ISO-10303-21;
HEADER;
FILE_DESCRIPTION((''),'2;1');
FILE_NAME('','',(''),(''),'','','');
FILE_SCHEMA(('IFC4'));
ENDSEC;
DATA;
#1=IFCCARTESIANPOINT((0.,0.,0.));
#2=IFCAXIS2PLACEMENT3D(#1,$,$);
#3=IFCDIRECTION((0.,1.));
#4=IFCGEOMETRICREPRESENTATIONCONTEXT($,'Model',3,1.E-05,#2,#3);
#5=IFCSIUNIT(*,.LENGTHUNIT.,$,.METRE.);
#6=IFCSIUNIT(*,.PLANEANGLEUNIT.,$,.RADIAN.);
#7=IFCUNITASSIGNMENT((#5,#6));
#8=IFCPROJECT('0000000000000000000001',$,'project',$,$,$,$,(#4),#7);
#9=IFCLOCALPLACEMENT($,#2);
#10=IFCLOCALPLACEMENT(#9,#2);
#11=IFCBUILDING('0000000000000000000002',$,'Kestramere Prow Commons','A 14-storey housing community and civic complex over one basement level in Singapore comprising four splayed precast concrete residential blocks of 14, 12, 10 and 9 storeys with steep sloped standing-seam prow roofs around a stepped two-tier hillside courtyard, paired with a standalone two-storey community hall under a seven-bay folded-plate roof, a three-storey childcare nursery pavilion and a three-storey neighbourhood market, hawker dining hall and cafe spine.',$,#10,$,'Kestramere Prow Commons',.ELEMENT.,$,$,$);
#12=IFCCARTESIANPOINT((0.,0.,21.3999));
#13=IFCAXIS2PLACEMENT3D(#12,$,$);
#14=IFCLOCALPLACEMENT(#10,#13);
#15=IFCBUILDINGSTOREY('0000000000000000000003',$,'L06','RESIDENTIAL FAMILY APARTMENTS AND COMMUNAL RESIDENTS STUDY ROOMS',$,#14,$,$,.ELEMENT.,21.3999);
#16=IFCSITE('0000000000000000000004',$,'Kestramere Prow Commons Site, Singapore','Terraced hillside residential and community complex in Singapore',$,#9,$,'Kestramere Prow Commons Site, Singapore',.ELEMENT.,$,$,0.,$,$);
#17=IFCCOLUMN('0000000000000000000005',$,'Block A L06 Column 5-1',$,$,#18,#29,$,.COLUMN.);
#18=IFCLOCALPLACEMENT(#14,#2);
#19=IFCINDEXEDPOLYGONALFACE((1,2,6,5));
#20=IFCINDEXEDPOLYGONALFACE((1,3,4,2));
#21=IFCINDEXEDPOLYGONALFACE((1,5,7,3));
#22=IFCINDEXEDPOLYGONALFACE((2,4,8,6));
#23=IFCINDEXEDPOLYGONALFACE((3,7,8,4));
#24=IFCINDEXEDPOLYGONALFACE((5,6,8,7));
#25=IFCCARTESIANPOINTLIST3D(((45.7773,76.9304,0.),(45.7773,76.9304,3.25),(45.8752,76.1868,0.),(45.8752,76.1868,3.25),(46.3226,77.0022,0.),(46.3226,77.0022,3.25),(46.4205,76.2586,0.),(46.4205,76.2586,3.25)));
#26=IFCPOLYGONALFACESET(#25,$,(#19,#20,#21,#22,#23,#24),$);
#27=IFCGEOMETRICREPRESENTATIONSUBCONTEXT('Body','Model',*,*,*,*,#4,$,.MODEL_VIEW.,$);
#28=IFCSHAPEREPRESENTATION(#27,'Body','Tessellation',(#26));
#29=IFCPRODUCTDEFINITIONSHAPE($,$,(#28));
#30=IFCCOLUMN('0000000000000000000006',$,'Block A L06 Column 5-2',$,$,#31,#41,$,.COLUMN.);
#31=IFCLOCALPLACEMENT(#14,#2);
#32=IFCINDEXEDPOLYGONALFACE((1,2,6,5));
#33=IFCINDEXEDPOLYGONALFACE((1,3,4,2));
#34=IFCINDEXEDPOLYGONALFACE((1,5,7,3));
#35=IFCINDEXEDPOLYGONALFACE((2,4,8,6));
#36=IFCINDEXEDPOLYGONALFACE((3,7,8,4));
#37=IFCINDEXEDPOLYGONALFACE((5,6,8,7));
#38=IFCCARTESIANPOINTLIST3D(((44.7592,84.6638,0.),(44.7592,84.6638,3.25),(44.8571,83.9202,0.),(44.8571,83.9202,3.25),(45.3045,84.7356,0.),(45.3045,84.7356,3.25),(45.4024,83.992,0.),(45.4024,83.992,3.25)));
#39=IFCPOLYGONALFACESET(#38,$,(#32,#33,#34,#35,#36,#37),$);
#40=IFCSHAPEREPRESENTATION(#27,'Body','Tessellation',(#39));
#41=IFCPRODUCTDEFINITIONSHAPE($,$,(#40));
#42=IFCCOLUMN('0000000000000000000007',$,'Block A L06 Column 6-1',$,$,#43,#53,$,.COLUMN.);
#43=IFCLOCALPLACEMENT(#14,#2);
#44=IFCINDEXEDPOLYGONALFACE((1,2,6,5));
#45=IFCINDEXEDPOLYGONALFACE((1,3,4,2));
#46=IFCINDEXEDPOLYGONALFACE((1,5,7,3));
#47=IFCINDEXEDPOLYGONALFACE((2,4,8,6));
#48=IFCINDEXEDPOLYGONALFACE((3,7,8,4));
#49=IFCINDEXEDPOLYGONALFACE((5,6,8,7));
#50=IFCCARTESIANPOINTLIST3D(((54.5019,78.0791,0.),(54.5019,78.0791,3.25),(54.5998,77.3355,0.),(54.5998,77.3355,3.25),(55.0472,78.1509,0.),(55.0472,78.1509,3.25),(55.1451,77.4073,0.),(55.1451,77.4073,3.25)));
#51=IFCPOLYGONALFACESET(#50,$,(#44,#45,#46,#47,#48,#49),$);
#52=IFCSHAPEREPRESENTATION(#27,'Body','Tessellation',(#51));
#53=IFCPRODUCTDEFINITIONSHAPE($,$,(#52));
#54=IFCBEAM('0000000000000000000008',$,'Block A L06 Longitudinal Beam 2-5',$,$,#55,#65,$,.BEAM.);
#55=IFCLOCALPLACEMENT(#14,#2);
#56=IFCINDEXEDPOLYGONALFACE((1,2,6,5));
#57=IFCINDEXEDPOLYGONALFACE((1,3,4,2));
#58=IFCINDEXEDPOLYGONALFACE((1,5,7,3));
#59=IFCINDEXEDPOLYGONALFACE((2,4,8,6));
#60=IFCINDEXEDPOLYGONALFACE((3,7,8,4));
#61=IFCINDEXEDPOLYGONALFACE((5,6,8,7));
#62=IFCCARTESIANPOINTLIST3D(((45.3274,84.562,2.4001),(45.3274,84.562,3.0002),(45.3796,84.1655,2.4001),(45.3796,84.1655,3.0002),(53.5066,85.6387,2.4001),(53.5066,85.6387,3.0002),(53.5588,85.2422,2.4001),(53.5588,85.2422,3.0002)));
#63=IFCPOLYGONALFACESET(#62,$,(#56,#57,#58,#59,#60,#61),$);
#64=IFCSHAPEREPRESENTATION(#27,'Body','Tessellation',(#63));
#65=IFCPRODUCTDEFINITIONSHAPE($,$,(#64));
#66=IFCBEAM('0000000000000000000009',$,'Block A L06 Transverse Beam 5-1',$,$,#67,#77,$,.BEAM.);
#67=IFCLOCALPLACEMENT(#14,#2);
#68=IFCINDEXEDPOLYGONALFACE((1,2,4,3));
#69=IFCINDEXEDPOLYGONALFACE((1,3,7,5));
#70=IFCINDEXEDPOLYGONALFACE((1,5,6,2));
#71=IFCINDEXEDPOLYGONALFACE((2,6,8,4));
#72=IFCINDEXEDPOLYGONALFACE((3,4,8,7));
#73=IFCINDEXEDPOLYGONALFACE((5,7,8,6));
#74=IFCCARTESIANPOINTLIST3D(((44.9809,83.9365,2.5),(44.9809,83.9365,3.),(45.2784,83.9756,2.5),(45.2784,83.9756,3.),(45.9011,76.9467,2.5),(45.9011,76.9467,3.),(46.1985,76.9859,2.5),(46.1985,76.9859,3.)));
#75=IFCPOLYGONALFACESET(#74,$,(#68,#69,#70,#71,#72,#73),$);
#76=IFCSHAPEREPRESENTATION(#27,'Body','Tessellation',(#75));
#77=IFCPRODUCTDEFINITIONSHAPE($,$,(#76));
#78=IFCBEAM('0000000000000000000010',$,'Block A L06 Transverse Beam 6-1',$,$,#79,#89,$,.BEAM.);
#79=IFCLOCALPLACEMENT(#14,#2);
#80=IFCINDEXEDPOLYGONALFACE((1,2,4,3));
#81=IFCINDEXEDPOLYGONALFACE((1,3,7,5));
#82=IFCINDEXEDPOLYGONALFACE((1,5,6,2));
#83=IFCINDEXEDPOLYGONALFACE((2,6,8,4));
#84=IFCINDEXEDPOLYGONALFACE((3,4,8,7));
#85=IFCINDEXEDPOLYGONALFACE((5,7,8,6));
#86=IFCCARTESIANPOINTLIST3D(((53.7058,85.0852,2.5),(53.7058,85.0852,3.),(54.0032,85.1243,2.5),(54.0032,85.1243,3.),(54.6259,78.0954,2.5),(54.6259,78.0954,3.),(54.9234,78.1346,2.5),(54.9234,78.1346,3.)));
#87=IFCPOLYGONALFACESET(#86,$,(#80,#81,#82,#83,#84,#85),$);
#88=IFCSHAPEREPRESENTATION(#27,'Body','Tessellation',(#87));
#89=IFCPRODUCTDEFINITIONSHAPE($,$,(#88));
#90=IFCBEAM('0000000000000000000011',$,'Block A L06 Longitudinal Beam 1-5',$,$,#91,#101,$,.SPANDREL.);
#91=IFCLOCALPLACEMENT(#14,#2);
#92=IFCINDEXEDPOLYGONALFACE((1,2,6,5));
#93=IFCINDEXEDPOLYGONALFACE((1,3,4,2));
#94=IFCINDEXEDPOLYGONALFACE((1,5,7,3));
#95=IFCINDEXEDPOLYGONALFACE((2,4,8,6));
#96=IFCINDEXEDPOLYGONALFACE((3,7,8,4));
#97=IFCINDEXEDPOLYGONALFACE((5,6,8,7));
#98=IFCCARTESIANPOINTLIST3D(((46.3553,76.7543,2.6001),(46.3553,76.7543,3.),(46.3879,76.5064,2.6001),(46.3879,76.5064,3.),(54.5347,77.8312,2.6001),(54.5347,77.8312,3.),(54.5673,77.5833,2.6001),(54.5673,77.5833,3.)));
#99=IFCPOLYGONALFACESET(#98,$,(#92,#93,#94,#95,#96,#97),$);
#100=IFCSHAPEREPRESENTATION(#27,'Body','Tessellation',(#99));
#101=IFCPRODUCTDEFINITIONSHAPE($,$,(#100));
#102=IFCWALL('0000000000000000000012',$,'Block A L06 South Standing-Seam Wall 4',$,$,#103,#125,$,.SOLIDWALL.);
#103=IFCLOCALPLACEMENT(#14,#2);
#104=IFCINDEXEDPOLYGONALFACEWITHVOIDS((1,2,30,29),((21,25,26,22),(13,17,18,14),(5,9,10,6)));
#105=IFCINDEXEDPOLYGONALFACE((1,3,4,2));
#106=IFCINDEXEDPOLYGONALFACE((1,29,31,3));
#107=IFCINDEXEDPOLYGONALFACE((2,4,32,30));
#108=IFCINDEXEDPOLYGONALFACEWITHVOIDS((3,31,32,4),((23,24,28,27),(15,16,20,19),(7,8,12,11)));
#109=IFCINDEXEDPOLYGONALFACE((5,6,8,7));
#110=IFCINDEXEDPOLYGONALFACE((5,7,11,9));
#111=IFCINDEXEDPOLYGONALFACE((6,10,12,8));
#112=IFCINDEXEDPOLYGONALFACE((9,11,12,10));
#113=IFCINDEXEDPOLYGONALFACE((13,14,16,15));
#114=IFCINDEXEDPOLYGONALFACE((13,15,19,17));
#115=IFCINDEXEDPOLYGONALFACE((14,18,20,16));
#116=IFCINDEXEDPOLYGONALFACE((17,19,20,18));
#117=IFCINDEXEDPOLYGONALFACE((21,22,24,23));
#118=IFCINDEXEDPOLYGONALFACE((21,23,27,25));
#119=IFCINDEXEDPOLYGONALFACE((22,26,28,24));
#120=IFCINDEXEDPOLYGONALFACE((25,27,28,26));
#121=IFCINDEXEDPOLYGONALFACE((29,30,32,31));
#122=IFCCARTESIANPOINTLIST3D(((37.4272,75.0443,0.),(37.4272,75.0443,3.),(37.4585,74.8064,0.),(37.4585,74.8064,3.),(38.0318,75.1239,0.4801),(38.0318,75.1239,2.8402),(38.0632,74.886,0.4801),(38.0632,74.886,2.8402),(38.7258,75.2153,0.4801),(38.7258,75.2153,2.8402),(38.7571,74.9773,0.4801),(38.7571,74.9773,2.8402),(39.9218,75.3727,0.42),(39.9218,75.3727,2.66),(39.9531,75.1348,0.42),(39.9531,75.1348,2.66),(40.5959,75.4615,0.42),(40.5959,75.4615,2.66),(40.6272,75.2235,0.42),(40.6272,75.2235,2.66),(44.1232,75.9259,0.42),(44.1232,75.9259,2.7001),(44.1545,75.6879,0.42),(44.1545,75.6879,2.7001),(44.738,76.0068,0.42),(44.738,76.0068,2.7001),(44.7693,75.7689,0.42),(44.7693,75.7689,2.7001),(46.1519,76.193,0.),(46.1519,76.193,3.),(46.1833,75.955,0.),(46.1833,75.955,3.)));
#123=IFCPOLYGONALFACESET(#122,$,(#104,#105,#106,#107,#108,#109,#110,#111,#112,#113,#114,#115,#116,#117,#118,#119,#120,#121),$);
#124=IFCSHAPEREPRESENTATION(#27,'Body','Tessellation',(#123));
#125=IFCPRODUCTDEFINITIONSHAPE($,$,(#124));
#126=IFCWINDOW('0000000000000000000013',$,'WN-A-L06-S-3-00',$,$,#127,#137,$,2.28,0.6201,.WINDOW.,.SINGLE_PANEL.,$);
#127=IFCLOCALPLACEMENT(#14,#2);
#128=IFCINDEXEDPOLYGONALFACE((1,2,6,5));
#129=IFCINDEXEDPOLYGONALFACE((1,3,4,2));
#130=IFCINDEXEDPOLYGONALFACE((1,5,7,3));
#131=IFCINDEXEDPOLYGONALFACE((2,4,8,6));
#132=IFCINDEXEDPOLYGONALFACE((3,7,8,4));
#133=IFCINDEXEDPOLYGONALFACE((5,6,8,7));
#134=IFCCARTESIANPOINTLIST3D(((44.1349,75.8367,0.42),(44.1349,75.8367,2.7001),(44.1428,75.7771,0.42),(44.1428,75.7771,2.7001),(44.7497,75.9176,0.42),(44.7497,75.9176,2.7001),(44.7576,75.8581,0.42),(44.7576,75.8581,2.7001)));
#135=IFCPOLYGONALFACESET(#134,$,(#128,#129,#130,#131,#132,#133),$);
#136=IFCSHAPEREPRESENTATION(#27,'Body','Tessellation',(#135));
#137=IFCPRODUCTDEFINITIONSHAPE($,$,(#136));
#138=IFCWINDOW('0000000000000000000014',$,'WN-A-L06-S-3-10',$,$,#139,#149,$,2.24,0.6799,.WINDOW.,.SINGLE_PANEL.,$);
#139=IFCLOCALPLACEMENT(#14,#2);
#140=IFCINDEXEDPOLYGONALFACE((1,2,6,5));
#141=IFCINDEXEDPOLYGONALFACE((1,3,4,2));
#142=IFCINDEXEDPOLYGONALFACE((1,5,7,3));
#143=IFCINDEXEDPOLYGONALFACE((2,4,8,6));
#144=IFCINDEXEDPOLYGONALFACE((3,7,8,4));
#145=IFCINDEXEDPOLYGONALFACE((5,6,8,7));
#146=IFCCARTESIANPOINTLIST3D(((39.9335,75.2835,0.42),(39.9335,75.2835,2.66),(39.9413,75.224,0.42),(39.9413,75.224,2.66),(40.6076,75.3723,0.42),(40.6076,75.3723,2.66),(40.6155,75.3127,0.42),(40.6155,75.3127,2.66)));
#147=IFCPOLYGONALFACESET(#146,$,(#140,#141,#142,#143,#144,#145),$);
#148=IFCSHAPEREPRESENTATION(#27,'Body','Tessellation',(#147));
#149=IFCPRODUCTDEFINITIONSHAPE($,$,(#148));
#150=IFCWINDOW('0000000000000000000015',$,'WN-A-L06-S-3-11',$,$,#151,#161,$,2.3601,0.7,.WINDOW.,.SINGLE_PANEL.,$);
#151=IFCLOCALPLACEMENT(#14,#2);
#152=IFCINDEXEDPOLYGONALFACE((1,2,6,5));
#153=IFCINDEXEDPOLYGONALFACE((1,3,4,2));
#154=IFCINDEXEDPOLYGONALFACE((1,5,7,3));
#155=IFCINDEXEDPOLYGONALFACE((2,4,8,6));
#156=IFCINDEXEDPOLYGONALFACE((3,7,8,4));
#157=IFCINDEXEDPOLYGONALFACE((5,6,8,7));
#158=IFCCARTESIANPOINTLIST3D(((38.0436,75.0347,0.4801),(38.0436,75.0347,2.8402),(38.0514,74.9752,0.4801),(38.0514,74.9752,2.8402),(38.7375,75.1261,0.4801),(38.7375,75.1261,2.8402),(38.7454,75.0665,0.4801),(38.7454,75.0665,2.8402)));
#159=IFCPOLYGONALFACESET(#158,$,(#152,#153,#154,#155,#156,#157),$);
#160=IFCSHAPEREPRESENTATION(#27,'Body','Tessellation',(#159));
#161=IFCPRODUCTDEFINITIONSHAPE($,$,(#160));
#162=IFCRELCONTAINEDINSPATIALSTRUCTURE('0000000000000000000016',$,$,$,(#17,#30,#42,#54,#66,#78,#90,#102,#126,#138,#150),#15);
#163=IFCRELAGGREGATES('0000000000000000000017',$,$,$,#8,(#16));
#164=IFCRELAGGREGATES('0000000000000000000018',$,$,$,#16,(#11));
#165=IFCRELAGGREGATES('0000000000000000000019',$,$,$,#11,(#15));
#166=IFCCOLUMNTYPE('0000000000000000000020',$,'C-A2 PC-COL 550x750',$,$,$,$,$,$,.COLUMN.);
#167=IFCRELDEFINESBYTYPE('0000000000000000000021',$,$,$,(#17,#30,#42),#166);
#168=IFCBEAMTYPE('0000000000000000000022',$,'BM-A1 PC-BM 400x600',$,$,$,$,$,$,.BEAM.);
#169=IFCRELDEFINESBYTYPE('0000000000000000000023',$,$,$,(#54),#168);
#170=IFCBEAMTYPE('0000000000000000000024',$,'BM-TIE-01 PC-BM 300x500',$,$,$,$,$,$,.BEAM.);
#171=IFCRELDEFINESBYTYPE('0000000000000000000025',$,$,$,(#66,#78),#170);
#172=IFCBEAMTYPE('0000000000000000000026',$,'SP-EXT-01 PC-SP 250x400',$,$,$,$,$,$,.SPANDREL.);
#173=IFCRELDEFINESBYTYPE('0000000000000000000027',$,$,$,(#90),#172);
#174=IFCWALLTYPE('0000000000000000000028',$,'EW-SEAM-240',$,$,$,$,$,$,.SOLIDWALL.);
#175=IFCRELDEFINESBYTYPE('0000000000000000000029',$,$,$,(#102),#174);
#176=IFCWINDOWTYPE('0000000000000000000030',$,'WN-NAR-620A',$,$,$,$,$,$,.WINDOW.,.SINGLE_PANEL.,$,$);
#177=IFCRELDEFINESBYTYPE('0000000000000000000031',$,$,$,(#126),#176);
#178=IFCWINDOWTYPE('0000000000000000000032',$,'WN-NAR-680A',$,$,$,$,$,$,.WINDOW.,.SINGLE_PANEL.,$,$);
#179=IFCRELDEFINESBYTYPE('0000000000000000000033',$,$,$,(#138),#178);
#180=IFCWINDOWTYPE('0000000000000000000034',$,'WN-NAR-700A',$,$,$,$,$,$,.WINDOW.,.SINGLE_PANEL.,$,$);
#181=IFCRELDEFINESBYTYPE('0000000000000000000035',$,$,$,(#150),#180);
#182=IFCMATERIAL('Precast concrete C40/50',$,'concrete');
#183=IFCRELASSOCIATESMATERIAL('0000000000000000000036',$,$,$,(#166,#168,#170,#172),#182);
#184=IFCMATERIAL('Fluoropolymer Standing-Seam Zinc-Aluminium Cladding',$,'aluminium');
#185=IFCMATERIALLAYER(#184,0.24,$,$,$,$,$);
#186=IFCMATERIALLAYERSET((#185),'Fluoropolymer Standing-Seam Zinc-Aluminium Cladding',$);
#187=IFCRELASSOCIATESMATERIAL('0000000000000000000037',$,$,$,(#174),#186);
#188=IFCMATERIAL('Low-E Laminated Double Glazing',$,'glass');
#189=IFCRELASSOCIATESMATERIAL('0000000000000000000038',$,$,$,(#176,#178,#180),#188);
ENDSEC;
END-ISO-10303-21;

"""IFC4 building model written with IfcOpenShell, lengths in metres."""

from ifc_helpers import new_model, si_unit, direction, frame, frame_2d, origin, origin_2d, place, context, subcontext, project, spatial, rectangle, extrude, material, layer, layer_set, material_profile, profile_set, type_object, element, fill, save


model = new_model("IFC4")

# Units and contexts
model_context = context("Model", 3, precision=1e-05, world=origin(), true_north=direction((0.0, 1.0)))
body_context = subcontext(model_context, "Body", "Model", "MODEL_VIEW")
ifc_project = project(units=[si_unit("LENGTHUNIT", "METRE"), si_unit("PLANEANGLEUNIT", "RADIAN")], contexts=[model_context])

# Site, building, storey
site_placement = place(None, origin())
site = spatial("IfcSite", under=ifc_project, at=site_placement, Name="Kestramere Prow Commons Site, Singapore", Description="Terraced hillside residential and community complex in Singapore", LongName="Kestramere Prow Commons Site, Singapore", CompositionType="ELEMENT", RefElevation=0.0)
building_placement = place(site_placement, origin())
building = spatial("IfcBuilding", under=site, at=building_placement, Name="Kestramere Prow Commons", Description="A 14-storey housing community and civic complex over one basement level in Singapore comprising four splayed precast concrete residential blocks of 14, 12, 10 and 9 storeys with steep sloped standing-seam prow roofs around a stepped two-tier hillside courtyard, paired with a standalone two-storey community hall under a seven-bay folded-plate roof, a three-storey childcare nursery pavilion and a three-storey neighbourhood market, hawker dining hall and cafe spine.", LongName="Kestramere Prow Commons", CompositionType="ELEMENT")
storey_placement = place(building_placement, frame((0.0, 0.0, 21.3999)))
storey = spatial("IfcBuildingStorey", under=building, at=storey_placement, Name="L06", Description="RESIDENTIAL FAMILY APARTMENTS AND COMMUNAL RESIDENTS STUDY ROOMS", CompositionType="ELEMENT", Elevation=21.3999)

# Columns
ifc_material_1 = material(Name="Precast concrete C40/50", Category="concrete")
ifc_material_profile_1 = material_profile(ifc_material_1, rectangle(XDim=0.55, YDim=0.75, at=origin_2d()), Name="PC-COL 550x750")
ifc_profile_set_1 = profile_set([ifc_material_profile_1], Name="Precast concrete C40/50")
column_type = type_object("IfcColumnType", Name="C-A2 PC-COL 550x750", PredefinedType="COLUMN", material=ifc_profile_set_1)
for number, where, z_axis, x_axis, name in (
    (1, (46.0989, 76.5945, 0.0), (0.0, 0.0, 1.0), (0.991445, 0.130526, 0.0), "Block A L06 Column 5-1"),
    (2, (45.0808, 84.3279, 0.0), (0.0, 0.0, 1.0), (0.991445, 0.130526, 0.0), "Block A L06 Column 5-2"),
    (3, (54.8235, 77.7432, 0.0), (0.0, 0.0, 1.0), (0.991445, 0.130526, 0.0), "Block A L06 Column 6-1"),
):
    element("IfcColumn", number, at=place(storey_placement, frame(where, z_axis=z_axis, x_axis=x_axis)), inside=storey, type_object=column_type, Name=name, PredefinedType="COLUMN", context=body_context, shape_type="SweptSolid", body=[
        extrude(rectangle(XDim=0.55, YDim=0.75, at=origin_2d()), origin(), (0.0, 0.0, 1.0), 3.25),
    ])

# Beams
ifc_material_profile_2 = material_profile(ifc_material_1, rectangle(XDim=0.3999, YDim=0.6001, at=origin_2d()), Name="PC-BM 400x600")
ifc_profile_set_2 = profile_set([ifc_material_profile_2], Name="Precast concrete C40/50")
beam_type_1 = type_object("IfcBeamType", Name="BM-A1 PC-BM 400x600", PredefinedType="BEAM", material=ifc_profile_set_2)
beam_1_placement = place(storey_placement, frame((45.3535, 84.3638, 2.7002), z_axis=(0.991447, 0.130508, 0.0), x_axis=(-0.130508, 0.991447, 0.0)))
element("IfcBeam", 4, at=beam_1_placement, inside=storey, type_object=beam_type_1, Name="Block A L06 Longitudinal Beam 2-5", PredefinedType="BEAM", context=body_context, shape_type="SweptSolid", body=[
    extrude(rectangle(XDim=0.3999, YDim=0.6001, at=origin_2d()), origin(), (0.0, 0.0, 1.0), 8.2498),
])
ifc_material_profile_3 = material_profile(ifc_material_1, rectangle(XDim=0.3, YDim=0.5, at=origin_2d()), Name="PC-BM 300x500")
ifc_profile_set_3 = profile_set([ifc_material_profile_3], Name="Precast concrete C40/50")
beam_type_2 = type_object("IfcBeamType", Name="BM-TIE-01 PC-BM 300x500", PredefinedType="BEAM", material=ifc_profile_set_3)
for number, where, z_axis, x_axis, name in (
    (5, (46.0498, 76.9663, 2.75), (-0.130519, 0.991446, 0.0), (-0.991446, -0.130519, 0.0), "Block A L06 Transverse Beam 5-1"),
    (6, (54.7747, 78.115, 2.75), (-0.130519, 0.991446, 0.0), (-0.991446, -0.130519, 0.0), "Block A L06 Transverse Beam 6-1"),
):
    element("IfcBeam", number, at=place(storey_placement, frame(where, z_axis=z_axis, x_axis=x_axis)), inside=storey, type_object=beam_type_2, Name=name, PredefinedType="BEAM", context=body_context, shape_type="SweptSolid", body=[
        extrude(rectangle(XDim=0.3, YDim=0.5, at=origin_2d()), origin(), (0.0, 0.0, 1.0), 7.05),
    ])
ifc_material_profile_4 = material_profile(ifc_material_1, rectangle(XDim=0.25, YDim=0.3999, at=origin_2d()), Name="PC-SP 250x400")
ifc_profile_set_4 = profile_set([ifc_material_profile_4], Name="Precast concrete C40/50")
beam_type_3 = type_object("IfcBeamType", Name="SP-EXT-01 PC-SP 250x400", PredefinedType="SPANDREL", material=ifc_profile_set_4)
beam_2_placement = place(storey_placement, frame((46.3716, 76.6304, 2.8), z_axis=(0.991444, 0.130533, 0.0), x_axis=(-0.130533, 0.991444, 0.0)))
element("IfcBeam", 7, at=beam_2_placement, inside=storey, type_object=beam_type_3, Name="Block A L06 Longitudinal Beam 1-5", PredefinedType="SPANDREL", context=body_context, shape_type="SweptSolid", body=[
    extrude(rectangle(XDim=0.25, YDim=0.3999, at=origin_2d()), origin(), (0.0, 0.0, 1.0), 8.25),
])

# Wall, openings, windows
ifc_material_2 = material(Name="Fluoropolymer Standing-Seam Zinc-Aluminium Cladding", Category="aluminium")
ifc_layer_1 = layer(ifc_material_2, 0.24)
ifc_layer_set_1 = layer_set([ifc_layer_1], Name="Fluoropolymer Standing-Seam Zinc-Aluminium Cladding")
wall_type_1 = type_object("IfcWallType", Name="EW-SEAM-240", PredefinedType="SOLIDWALL", material=ifc_layer_set_1)
wall_1_placement = place(storey_placement, frame((46.1675, 76.074, 0.0), z_axis=(0.0, 0.0, 1.0), x_axis=(-0.991444, -0.13053, 0.0)))
wall_1 = element("IfcWall", 8, at=wall_1_placement, inside=storey, type_object=wall_type_1, Name="Block A L06 South Standing-Seam Wall 4", PredefinedType="SOLIDWALL", context=body_context, shape_type="SweptSolid", body=[
    extrude(rectangle(XDim=8.8, YDim=0.24, at=frame_2d((4.3999, 0.0))), origin(), (0.0, 0.0, 1.0), 3.0),
])
opening_1_placement = place(wall_1_placement, frame((1.426, 0.0, 0.4199)))
opening_1 = element("IfcOpeningElement", 9, at=opening_1_placement, cuts=wall_1, PredefinedType="OPENING", context=body_context, shape_type="SweptSolid", body=[
    extrude(rectangle(XDim=0.6201, YDim=2.28, at=frame_2d((0.3101, 1.1401))), frame((0.0, 0.135, 0.0), z_axis=(0.0, -1.0, 0.0), x_axis=(1.0, 0.0, 0.0)), (0.0, 0.0, 1.0), 0.27),
])
opening_2_placement = place(wall_1_placement, frame((5.604, 0.0, 0.4199)))
opening_2 = element("IfcOpeningElement", 10, at=opening_2_placement, cuts=wall_1, PredefinedType="OPENING", context=body_context, shape_type="SweptSolid", body=[
    extrude(rectangle(XDim=0.6799, YDim=2.24, at=frame_2d((0.3398, 1.1201))), frame((0.0, 0.135, 0.0), z_axis=(0.0, -1.0, 0.0), x_axis=(1.0, 0.0, 0.0)), (0.0, 0.0, 1.0), 0.27),
])
opening_3_placement = place(wall_1_placement, frame((7.49, 0.0, 0.48)))
opening_3 = element("IfcOpeningElement", 11, at=opening_3_placement, cuts=wall_1, PredefinedType="OPENING", context=body_context, shape_type="SweptSolid", body=[
    extrude(rectangle(XDim=0.7, YDim=2.3601, at=frame_2d((0.3501, 1.1802))), frame((0.0, 0.135, 0.0), z_axis=(0.0, -1.0, 0.0), x_axis=(1.0, 0.0, 0.0)), (0.0, 0.0, 1.0), 0.27),
])
ifc_material_3 = material(Name="Low-E Laminated Double Glazing", Category="glass")
window_type_1 = type_object("IfcWindowType", Name="WN-NAR-620A", PartitioningType="SINGLE_PANEL", PredefinedType="WINDOW", material=ifc_material_3)
window_1_placement = place(opening_1_placement, origin())
window_1 = element("IfcWindow", 12, at=window_1_placement, inside=storey, type_object=window_type_1, Name="WN-A-L06-S-3-00", OverallHeight=2.28, OverallWidth=0.6201, PartitioningType="SINGLE_PANEL", PredefinedType="WINDOW", context=body_context, shape_type="SweptSolid", body=[
    extrude(rectangle(XDim=0.6201, YDim=2.28, at=frame_2d((0.3101, 1.1401))), frame((0.0, 0.03, 0.0), z_axis=(0.0, -1.0, 0.0), x_axis=(1.0, 0.0, 0.0)), (0.0, 0.0, 1.0), 0.0601),
])
fill(opening_1, window_1)
window_type_2 = type_object("IfcWindowType", Name="WN-NAR-680A", PartitioningType="SINGLE_PANEL", PredefinedType="WINDOW", material=ifc_material_3)
window_2_placement = place(opening_2_placement, origin())
window_2 = element("IfcWindow", 13, at=window_2_placement, inside=storey, type_object=window_type_2, Name="WN-A-L06-S-3-10", OverallHeight=2.24, OverallWidth=0.6799, PartitioningType="SINGLE_PANEL", PredefinedType="WINDOW", context=body_context, shape_type="SweptSolid", body=[
    extrude(rectangle(XDim=0.6799, YDim=2.24, at=frame_2d((0.3398, 1.1201))), frame((0.0, 0.03, 0.0), z_axis=(0.0, -1.0, 0.0), x_axis=(1.0, 0.0, 0.0)), (0.0, 0.0, 1.0), 0.0601),
])
fill(opening_2, window_2)
window_type_3 = type_object("IfcWindowType", Name="WN-NAR-700A", PartitioningType="SINGLE_PANEL", PredefinedType="WINDOW", material=ifc_material_3)
window_3_placement = place(opening_3_placement, origin())
window_3 = element("IfcWindow", 14, at=window_3_placement, inside=storey, type_object=window_type_3, Name="WN-A-L06-S-3-11", OverallHeight=2.3601, OverallWidth=0.7, PartitioningType="SINGLE_PANEL", PredefinedType="WINDOW", context=body_context, shape_type="SweptSolid", body=[
    extrude(rectangle(XDim=0.7, YDim=2.3601, at=frame_2d((0.3501, 1.1802))), frame((0.0, 0.03, 0.0), z_axis=(0.0, -1.0, 0.0), x_axis=(1.0, 0.0, 0.0)), (0.0, 0.0, 1.0), 0.0601),
])
fill(opening_3, window_3)

save(model, "model.ifc")
